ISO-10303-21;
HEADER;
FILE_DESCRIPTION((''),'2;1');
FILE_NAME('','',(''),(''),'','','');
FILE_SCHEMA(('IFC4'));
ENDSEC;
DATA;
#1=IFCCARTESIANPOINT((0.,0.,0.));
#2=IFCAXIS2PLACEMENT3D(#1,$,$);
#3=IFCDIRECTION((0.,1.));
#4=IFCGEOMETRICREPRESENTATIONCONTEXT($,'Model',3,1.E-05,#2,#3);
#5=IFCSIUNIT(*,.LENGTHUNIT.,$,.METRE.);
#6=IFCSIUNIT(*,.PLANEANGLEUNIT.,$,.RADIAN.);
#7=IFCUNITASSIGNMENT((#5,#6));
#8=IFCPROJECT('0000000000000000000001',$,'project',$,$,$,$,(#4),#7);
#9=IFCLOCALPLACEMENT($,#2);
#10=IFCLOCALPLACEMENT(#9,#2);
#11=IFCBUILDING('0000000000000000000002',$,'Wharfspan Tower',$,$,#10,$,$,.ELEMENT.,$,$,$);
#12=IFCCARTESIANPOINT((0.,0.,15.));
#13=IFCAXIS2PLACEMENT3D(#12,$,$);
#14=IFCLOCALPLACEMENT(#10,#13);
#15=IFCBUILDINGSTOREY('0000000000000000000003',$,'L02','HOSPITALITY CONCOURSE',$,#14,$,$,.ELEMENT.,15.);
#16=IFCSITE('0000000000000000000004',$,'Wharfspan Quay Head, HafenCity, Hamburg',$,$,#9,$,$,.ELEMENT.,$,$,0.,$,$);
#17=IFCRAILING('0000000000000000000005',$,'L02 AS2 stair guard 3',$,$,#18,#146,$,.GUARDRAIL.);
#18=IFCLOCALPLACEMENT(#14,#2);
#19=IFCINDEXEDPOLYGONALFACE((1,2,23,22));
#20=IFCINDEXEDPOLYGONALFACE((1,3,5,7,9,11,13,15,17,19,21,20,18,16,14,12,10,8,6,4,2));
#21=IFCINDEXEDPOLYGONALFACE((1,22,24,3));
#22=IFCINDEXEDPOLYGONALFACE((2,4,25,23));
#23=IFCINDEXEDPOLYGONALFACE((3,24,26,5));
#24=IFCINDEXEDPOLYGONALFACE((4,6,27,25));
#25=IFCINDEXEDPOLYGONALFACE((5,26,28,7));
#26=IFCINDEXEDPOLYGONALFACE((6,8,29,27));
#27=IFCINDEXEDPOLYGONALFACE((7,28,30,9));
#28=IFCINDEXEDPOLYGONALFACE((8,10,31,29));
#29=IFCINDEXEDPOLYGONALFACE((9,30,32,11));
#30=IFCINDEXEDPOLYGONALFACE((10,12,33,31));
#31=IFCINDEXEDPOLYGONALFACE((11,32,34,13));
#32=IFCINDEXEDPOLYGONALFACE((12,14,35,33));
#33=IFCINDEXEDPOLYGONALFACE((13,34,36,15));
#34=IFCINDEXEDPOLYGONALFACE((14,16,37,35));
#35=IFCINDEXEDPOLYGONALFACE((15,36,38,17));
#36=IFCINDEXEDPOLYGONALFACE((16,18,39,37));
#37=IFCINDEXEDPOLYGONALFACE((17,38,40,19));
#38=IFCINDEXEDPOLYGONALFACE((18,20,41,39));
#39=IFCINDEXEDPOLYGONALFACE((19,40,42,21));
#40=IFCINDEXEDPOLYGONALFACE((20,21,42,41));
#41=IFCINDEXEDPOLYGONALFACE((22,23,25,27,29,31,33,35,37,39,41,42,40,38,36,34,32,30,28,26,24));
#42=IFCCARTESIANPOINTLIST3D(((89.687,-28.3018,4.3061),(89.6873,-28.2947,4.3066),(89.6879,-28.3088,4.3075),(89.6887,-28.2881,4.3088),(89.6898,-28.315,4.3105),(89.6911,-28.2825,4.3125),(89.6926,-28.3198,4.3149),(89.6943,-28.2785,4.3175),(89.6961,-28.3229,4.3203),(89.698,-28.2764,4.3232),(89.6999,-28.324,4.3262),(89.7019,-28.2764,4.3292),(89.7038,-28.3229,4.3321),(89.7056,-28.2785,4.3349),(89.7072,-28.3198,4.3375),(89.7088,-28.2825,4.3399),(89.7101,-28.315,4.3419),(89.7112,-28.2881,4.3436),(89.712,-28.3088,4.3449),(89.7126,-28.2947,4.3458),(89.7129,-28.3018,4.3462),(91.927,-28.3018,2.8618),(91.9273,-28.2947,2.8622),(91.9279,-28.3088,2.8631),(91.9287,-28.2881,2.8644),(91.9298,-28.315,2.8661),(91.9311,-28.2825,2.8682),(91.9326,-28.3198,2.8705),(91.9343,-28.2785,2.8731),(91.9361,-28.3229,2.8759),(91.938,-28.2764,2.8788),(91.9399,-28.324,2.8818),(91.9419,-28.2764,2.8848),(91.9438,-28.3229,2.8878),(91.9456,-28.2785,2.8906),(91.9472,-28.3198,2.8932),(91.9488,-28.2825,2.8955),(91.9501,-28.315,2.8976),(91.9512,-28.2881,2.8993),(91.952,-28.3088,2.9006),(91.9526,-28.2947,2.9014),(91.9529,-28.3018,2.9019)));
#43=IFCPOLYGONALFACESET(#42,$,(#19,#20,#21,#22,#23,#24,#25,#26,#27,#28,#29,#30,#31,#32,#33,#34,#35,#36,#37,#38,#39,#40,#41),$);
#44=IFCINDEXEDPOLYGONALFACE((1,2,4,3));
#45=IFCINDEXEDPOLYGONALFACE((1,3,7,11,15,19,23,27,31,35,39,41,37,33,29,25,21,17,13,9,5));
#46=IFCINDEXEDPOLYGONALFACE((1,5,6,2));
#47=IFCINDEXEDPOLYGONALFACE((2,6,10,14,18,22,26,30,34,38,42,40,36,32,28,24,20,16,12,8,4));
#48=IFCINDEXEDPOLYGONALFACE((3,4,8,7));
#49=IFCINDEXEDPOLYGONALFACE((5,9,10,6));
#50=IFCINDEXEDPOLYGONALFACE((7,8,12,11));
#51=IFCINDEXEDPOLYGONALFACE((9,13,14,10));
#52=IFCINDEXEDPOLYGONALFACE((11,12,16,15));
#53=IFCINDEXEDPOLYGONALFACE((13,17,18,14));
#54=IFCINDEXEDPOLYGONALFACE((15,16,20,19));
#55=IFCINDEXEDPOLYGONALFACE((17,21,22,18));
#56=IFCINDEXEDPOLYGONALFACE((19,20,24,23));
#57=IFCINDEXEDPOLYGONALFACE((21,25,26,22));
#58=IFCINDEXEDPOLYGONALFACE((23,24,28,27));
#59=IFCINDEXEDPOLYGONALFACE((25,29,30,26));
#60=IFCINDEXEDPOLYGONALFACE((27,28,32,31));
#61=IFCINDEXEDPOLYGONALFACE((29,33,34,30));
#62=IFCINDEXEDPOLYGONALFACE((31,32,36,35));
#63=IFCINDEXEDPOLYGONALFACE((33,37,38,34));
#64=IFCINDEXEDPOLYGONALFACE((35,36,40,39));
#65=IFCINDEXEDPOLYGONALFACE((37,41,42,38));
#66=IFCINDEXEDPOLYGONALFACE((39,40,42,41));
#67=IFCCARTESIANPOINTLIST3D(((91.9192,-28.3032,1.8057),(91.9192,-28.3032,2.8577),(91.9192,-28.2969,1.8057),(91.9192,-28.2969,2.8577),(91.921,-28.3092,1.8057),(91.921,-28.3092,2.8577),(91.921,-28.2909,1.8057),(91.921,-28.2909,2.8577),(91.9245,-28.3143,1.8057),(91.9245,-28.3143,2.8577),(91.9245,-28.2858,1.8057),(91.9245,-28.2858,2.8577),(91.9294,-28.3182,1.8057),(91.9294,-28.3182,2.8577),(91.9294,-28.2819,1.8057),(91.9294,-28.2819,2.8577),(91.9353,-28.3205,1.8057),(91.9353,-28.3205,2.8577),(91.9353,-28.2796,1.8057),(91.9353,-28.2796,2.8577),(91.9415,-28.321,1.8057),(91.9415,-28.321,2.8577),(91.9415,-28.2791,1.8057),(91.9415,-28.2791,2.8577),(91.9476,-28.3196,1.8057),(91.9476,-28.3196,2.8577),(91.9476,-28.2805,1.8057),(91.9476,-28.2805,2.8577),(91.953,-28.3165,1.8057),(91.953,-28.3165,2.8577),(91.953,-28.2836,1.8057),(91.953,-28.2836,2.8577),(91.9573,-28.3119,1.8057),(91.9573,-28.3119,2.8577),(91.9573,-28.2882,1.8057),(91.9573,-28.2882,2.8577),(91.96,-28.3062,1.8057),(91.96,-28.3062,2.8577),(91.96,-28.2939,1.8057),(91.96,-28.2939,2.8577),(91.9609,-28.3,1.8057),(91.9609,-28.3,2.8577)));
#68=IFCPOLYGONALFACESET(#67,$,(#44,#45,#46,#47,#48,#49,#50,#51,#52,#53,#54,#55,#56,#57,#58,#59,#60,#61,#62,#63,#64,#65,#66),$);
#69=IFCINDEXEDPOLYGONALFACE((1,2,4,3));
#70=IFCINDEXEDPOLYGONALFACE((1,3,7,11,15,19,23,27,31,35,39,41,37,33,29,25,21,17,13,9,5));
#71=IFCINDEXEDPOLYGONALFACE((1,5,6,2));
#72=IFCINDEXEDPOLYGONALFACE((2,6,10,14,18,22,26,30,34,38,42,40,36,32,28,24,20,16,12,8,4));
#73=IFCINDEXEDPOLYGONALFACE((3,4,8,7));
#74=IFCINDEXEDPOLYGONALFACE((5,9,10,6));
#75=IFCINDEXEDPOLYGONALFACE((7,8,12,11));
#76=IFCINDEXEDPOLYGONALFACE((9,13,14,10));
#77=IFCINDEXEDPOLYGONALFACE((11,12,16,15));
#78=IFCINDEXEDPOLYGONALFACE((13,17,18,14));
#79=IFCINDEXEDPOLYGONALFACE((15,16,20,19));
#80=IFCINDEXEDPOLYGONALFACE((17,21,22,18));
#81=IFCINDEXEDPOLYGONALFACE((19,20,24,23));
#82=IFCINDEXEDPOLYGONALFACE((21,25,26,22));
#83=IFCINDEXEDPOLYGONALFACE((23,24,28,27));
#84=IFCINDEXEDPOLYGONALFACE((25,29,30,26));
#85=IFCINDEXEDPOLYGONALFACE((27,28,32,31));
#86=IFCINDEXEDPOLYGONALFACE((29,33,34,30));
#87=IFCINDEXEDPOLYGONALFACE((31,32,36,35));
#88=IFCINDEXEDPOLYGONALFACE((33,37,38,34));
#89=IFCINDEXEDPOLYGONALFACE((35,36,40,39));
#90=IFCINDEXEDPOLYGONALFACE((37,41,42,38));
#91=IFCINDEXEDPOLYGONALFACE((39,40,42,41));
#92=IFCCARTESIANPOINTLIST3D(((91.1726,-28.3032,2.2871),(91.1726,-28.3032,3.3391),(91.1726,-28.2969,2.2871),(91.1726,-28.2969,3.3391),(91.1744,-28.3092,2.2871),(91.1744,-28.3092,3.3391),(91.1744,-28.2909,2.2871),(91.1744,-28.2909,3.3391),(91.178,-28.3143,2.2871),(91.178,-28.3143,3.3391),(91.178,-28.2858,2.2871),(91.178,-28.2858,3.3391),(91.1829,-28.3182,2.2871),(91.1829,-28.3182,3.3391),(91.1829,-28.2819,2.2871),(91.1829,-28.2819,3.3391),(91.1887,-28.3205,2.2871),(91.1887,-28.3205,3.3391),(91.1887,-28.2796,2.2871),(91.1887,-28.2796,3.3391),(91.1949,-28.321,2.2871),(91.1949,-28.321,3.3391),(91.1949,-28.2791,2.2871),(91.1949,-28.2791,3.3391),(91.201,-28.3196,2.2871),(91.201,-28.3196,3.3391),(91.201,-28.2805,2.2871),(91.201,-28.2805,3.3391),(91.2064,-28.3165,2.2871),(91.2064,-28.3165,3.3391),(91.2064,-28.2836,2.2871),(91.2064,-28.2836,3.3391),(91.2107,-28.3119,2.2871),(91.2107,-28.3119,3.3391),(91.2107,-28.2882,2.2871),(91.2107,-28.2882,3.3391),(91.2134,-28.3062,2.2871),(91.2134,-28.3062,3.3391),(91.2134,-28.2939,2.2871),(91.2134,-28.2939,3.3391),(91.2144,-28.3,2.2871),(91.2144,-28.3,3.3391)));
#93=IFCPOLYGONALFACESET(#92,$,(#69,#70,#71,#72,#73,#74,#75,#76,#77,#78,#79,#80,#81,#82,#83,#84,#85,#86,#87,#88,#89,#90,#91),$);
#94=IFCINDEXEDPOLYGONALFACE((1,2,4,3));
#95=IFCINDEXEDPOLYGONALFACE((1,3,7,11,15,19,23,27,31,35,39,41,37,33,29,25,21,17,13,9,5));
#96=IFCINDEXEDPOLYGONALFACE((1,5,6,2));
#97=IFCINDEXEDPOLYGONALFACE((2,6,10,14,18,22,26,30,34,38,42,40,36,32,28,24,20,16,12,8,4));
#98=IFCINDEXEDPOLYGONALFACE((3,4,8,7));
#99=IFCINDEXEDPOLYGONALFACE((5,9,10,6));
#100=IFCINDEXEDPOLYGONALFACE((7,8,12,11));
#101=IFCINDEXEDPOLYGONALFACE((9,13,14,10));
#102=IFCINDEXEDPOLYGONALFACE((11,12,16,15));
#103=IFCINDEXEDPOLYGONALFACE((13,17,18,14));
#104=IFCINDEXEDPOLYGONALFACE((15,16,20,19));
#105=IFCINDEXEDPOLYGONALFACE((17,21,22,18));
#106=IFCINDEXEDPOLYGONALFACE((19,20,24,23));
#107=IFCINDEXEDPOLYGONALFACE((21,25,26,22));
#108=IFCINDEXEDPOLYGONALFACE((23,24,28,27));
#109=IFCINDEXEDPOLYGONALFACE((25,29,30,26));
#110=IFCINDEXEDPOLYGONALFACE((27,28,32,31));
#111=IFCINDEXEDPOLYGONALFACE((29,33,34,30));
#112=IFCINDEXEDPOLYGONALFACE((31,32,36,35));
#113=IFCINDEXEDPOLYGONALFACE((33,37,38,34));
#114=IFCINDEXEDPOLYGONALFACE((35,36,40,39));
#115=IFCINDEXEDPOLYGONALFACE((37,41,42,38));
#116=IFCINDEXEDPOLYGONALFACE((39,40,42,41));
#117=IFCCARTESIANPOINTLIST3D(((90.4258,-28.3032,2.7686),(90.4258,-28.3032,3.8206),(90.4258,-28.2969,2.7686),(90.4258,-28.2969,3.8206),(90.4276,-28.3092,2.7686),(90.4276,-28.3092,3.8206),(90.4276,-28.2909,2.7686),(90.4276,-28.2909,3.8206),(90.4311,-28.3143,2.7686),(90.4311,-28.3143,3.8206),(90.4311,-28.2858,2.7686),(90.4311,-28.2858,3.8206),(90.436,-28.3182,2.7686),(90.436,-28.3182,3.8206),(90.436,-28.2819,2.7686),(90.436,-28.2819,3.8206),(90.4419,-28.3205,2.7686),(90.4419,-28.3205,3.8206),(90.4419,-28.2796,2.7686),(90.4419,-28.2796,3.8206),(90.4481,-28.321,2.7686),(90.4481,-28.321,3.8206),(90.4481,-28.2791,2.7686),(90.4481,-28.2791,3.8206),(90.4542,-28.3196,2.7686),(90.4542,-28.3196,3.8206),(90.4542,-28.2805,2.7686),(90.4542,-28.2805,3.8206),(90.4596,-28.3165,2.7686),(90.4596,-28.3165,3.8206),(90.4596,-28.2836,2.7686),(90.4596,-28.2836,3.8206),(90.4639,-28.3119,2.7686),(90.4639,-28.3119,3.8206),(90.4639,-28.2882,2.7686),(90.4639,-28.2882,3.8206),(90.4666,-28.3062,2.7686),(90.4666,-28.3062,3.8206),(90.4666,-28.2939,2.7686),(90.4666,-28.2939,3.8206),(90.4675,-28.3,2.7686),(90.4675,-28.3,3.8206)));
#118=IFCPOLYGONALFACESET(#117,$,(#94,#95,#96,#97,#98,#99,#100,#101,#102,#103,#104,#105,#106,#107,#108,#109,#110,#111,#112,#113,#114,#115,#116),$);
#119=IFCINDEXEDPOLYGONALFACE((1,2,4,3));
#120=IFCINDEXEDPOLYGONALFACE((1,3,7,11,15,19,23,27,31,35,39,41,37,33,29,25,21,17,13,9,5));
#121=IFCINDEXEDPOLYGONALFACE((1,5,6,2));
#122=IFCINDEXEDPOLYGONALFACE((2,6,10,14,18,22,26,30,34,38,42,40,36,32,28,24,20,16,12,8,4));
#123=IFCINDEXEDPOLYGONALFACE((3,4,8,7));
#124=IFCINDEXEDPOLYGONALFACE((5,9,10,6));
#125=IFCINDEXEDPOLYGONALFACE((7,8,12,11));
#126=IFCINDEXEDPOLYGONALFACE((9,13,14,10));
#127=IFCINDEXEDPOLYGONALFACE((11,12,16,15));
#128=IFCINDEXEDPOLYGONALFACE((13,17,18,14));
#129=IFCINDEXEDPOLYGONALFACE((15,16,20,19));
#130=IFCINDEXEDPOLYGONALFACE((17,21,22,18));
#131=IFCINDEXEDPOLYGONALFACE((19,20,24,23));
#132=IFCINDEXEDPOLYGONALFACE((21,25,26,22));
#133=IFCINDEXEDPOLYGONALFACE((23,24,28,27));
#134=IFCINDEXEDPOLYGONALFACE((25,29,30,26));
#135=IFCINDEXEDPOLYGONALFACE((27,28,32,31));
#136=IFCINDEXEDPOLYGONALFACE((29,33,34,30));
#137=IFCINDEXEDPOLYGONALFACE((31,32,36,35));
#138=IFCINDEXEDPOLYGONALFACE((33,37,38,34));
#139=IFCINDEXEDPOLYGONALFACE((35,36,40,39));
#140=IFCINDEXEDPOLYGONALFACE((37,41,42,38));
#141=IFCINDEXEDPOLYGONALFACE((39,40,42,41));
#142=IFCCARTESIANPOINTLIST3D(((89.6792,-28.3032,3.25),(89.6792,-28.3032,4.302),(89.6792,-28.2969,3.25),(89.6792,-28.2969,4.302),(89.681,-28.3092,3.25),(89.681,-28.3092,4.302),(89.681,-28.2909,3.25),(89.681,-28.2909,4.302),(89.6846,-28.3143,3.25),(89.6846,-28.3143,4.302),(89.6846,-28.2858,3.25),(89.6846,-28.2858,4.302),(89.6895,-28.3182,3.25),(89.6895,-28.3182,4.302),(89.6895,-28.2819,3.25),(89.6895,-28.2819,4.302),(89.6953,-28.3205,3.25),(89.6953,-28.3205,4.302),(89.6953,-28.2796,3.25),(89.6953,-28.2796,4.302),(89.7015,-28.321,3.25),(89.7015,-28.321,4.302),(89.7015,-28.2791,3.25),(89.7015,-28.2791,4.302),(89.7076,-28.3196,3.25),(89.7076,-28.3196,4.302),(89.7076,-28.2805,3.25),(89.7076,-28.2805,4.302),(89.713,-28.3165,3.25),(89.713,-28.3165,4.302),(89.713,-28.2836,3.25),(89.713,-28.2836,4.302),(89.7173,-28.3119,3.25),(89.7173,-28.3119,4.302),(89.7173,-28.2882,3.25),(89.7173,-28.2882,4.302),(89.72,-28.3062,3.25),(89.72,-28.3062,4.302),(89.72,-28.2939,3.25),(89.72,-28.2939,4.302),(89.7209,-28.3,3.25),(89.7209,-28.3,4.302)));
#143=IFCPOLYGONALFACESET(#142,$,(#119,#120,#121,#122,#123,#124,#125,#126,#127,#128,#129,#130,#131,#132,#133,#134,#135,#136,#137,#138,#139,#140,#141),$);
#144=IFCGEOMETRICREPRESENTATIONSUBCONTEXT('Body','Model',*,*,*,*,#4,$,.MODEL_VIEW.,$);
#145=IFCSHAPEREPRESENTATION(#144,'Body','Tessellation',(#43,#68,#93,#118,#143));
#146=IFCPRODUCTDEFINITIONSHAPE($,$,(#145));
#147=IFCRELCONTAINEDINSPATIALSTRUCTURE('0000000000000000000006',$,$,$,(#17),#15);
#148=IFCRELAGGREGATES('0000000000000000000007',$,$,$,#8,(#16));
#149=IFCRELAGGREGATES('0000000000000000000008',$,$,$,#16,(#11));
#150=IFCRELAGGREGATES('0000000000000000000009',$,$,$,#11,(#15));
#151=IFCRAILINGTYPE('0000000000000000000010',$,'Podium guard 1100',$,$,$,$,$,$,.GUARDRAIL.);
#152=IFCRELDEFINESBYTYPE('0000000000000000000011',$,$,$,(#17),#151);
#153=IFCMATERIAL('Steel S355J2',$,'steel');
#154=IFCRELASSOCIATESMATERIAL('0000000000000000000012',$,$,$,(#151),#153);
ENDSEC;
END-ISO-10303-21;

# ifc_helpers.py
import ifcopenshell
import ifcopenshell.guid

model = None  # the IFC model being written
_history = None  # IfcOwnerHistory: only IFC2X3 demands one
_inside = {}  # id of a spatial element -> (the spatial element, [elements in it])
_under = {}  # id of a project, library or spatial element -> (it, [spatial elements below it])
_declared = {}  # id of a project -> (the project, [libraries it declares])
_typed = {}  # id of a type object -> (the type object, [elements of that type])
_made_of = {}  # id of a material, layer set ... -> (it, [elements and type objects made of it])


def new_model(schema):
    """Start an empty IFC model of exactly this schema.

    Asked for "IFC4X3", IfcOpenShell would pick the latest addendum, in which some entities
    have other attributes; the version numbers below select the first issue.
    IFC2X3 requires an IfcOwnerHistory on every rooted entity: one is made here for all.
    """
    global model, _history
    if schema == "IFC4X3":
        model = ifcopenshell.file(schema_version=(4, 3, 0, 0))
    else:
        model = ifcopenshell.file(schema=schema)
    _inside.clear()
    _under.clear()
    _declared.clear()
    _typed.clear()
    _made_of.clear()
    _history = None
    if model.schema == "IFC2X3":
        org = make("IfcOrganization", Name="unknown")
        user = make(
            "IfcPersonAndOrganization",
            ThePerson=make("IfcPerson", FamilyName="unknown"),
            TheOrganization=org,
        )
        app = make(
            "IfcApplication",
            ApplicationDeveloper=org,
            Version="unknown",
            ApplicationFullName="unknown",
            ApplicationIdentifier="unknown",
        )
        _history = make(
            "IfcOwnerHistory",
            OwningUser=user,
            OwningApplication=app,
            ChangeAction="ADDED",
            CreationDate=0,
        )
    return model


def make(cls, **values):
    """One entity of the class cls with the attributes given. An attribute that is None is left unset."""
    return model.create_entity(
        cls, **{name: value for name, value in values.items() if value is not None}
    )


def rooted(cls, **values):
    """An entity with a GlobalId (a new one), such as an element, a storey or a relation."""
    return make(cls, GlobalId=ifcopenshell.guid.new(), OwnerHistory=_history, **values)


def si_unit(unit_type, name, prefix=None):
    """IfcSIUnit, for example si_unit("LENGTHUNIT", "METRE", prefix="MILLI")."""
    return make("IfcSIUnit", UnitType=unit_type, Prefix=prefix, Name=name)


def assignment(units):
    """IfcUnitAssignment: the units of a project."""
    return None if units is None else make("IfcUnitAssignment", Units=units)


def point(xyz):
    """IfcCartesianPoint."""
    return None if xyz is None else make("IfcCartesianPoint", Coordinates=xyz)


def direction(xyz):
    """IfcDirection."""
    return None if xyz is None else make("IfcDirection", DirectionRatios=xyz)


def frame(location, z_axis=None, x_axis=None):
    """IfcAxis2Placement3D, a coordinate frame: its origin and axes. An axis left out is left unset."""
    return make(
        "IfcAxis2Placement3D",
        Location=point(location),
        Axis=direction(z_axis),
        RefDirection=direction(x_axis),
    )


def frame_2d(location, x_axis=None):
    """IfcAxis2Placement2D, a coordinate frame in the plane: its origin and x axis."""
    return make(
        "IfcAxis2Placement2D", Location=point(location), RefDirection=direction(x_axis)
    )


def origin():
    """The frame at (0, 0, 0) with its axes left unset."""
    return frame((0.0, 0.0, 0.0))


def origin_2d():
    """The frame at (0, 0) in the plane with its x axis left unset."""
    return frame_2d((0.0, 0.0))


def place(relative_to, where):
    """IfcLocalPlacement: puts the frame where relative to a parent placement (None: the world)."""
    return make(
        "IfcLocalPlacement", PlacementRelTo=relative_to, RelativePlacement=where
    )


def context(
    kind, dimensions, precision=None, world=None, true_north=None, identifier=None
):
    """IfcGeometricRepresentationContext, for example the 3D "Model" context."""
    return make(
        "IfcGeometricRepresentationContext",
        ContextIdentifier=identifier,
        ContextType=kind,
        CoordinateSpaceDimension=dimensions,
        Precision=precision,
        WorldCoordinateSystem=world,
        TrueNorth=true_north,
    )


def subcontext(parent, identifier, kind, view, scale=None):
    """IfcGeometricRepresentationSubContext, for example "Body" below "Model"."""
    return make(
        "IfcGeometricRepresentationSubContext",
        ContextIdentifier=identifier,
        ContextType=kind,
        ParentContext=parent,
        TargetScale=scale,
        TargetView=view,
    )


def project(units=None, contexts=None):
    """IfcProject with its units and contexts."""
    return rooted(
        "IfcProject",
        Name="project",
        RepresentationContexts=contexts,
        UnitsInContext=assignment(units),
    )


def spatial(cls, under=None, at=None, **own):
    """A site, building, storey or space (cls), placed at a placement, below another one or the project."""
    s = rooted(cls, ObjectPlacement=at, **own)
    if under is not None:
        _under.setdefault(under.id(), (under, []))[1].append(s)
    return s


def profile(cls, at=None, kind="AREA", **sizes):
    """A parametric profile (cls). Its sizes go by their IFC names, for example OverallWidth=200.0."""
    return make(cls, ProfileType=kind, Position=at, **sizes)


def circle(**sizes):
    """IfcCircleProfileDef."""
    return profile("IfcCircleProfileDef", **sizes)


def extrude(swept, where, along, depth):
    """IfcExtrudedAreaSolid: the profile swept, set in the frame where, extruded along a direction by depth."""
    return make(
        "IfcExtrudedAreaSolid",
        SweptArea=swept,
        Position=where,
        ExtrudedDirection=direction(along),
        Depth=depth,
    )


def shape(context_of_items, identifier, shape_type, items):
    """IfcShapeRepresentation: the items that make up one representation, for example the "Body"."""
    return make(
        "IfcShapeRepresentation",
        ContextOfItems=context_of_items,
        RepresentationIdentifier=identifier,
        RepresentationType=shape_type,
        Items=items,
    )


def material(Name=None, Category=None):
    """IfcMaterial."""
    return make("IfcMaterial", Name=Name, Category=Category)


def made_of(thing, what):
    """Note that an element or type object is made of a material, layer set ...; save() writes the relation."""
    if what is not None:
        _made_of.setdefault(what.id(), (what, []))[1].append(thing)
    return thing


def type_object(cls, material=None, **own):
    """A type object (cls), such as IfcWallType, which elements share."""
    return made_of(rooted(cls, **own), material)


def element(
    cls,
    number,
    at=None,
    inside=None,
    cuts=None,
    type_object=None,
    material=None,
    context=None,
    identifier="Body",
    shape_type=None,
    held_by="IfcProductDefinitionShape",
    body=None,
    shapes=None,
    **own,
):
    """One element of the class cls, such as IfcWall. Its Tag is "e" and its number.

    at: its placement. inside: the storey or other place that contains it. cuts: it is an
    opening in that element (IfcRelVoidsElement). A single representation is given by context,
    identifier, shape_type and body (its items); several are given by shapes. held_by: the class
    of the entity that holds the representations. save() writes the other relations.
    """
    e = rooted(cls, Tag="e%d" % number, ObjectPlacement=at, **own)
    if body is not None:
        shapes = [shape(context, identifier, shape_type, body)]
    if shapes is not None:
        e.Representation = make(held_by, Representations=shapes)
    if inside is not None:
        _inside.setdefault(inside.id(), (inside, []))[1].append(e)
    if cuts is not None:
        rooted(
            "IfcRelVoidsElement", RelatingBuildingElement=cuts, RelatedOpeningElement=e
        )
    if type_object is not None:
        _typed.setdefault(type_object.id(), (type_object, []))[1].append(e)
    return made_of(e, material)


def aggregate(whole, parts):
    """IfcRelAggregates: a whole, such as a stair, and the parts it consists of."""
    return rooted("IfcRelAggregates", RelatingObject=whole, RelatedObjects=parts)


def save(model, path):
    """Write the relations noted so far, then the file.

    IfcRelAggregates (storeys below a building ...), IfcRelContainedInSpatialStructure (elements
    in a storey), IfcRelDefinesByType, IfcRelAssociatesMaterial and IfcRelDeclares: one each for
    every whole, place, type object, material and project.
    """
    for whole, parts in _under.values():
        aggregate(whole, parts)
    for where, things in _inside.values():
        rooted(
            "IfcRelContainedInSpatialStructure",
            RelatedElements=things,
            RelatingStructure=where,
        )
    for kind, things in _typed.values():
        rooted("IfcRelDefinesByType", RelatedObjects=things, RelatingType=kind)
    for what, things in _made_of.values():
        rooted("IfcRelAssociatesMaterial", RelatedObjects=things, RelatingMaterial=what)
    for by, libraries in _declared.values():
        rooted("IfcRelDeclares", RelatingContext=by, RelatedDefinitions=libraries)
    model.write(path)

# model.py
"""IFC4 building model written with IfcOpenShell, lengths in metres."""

from ifc_helpers import new_model, si_unit, direction, frame, origin, origin_2d, place, context, subcontext, project, spatial, circle, extrude, material, type_object, element, save


model = new_model("IFC4")

# Units and contexts
model_context = context("Model", 3, precision=1e-05, world=origin(), true_north=direction((0.0, 1.0)))
body_context = subcontext(model_context, "Body", "Model", "MODEL_VIEW")
ifc_project = project(units=[si_unit("LENGTHUNIT", "METRE"), si_unit("PLANEANGLEUNIT", "RADIAN")], contexts=[model_context])

# Site, building, storey
site_placement = place(None, origin())
site = spatial("IfcSite", under=ifc_project, at=site_placement, Name="Wharfspan Quay Head, HafenCity, Hamburg", CompositionType="ELEMENT", RefElevation=0.0)
building_placement = place(site_placement, origin())
building = spatial("IfcBuilding", under=site, at=building_placement, Name="Wharfspan Tower", CompositionType="ELEMENT")
storey_placement = place(building_placement, frame((0.0, 0.0, 15.0)))
storey = spatial("IfcBuildingStorey", under=building, at=storey_placement, Name="L02", Description="HOSPITALITY CONCOURSE", CompositionType="ELEMENT", Elevation=15.0)

# Railing
ifc_material_1 = material(Name="Steel S355J2", Category="steel")
railing_type_1 = type_object("IfcRailingType", Name="Podium guard 1100", PredefinedType="GUARDRAIL", material=ifc_material_1)
railing_1_placement = place(storey_placement, frame((91.9399, -28.3, 1.8057)))
element("IfcRailing", 1, at=railing_1_placement, inside=storey, type_object=railing_type_1, Name="L02 AS2 stair guard 3", PredefinedType="GUARDRAIL", context=body_context, shape_type="SweptSolid", body=[
    extrude(circle(Radius=0.0239, at=origin_2d()), frame((0.0, 0.0, 1.0762), z_axis=(-0.840437, 0.0, 0.54191), x_axis=(0.0, -1.0, 0.0)), (0.0, 0.0, 1.0), 2.6653),
    extrude(circle(Radius=0.021, at=origin_2d()), origin(), (0.0, 0.0, 1.0), 1.052),
    extrude(circle(Radius=0.021, at=origin_2d()), frame((-0.7466, 0.0, 0.4814)), (0.0, 0.0, 1.0), 1.052),
    extrude(circle(Radius=0.021, at=origin_2d()), frame((-1.4934, 0.0, 0.9629)), (0.0, 0.0, 1.0), 1.052),
    extrude(circle(Radius=0.021, at=origin_2d()), frame((-2.24, 0.0, 1.4443)), (0.0, 0.0, 1.0), 1.052),
])

save(model, "model.ifc")
